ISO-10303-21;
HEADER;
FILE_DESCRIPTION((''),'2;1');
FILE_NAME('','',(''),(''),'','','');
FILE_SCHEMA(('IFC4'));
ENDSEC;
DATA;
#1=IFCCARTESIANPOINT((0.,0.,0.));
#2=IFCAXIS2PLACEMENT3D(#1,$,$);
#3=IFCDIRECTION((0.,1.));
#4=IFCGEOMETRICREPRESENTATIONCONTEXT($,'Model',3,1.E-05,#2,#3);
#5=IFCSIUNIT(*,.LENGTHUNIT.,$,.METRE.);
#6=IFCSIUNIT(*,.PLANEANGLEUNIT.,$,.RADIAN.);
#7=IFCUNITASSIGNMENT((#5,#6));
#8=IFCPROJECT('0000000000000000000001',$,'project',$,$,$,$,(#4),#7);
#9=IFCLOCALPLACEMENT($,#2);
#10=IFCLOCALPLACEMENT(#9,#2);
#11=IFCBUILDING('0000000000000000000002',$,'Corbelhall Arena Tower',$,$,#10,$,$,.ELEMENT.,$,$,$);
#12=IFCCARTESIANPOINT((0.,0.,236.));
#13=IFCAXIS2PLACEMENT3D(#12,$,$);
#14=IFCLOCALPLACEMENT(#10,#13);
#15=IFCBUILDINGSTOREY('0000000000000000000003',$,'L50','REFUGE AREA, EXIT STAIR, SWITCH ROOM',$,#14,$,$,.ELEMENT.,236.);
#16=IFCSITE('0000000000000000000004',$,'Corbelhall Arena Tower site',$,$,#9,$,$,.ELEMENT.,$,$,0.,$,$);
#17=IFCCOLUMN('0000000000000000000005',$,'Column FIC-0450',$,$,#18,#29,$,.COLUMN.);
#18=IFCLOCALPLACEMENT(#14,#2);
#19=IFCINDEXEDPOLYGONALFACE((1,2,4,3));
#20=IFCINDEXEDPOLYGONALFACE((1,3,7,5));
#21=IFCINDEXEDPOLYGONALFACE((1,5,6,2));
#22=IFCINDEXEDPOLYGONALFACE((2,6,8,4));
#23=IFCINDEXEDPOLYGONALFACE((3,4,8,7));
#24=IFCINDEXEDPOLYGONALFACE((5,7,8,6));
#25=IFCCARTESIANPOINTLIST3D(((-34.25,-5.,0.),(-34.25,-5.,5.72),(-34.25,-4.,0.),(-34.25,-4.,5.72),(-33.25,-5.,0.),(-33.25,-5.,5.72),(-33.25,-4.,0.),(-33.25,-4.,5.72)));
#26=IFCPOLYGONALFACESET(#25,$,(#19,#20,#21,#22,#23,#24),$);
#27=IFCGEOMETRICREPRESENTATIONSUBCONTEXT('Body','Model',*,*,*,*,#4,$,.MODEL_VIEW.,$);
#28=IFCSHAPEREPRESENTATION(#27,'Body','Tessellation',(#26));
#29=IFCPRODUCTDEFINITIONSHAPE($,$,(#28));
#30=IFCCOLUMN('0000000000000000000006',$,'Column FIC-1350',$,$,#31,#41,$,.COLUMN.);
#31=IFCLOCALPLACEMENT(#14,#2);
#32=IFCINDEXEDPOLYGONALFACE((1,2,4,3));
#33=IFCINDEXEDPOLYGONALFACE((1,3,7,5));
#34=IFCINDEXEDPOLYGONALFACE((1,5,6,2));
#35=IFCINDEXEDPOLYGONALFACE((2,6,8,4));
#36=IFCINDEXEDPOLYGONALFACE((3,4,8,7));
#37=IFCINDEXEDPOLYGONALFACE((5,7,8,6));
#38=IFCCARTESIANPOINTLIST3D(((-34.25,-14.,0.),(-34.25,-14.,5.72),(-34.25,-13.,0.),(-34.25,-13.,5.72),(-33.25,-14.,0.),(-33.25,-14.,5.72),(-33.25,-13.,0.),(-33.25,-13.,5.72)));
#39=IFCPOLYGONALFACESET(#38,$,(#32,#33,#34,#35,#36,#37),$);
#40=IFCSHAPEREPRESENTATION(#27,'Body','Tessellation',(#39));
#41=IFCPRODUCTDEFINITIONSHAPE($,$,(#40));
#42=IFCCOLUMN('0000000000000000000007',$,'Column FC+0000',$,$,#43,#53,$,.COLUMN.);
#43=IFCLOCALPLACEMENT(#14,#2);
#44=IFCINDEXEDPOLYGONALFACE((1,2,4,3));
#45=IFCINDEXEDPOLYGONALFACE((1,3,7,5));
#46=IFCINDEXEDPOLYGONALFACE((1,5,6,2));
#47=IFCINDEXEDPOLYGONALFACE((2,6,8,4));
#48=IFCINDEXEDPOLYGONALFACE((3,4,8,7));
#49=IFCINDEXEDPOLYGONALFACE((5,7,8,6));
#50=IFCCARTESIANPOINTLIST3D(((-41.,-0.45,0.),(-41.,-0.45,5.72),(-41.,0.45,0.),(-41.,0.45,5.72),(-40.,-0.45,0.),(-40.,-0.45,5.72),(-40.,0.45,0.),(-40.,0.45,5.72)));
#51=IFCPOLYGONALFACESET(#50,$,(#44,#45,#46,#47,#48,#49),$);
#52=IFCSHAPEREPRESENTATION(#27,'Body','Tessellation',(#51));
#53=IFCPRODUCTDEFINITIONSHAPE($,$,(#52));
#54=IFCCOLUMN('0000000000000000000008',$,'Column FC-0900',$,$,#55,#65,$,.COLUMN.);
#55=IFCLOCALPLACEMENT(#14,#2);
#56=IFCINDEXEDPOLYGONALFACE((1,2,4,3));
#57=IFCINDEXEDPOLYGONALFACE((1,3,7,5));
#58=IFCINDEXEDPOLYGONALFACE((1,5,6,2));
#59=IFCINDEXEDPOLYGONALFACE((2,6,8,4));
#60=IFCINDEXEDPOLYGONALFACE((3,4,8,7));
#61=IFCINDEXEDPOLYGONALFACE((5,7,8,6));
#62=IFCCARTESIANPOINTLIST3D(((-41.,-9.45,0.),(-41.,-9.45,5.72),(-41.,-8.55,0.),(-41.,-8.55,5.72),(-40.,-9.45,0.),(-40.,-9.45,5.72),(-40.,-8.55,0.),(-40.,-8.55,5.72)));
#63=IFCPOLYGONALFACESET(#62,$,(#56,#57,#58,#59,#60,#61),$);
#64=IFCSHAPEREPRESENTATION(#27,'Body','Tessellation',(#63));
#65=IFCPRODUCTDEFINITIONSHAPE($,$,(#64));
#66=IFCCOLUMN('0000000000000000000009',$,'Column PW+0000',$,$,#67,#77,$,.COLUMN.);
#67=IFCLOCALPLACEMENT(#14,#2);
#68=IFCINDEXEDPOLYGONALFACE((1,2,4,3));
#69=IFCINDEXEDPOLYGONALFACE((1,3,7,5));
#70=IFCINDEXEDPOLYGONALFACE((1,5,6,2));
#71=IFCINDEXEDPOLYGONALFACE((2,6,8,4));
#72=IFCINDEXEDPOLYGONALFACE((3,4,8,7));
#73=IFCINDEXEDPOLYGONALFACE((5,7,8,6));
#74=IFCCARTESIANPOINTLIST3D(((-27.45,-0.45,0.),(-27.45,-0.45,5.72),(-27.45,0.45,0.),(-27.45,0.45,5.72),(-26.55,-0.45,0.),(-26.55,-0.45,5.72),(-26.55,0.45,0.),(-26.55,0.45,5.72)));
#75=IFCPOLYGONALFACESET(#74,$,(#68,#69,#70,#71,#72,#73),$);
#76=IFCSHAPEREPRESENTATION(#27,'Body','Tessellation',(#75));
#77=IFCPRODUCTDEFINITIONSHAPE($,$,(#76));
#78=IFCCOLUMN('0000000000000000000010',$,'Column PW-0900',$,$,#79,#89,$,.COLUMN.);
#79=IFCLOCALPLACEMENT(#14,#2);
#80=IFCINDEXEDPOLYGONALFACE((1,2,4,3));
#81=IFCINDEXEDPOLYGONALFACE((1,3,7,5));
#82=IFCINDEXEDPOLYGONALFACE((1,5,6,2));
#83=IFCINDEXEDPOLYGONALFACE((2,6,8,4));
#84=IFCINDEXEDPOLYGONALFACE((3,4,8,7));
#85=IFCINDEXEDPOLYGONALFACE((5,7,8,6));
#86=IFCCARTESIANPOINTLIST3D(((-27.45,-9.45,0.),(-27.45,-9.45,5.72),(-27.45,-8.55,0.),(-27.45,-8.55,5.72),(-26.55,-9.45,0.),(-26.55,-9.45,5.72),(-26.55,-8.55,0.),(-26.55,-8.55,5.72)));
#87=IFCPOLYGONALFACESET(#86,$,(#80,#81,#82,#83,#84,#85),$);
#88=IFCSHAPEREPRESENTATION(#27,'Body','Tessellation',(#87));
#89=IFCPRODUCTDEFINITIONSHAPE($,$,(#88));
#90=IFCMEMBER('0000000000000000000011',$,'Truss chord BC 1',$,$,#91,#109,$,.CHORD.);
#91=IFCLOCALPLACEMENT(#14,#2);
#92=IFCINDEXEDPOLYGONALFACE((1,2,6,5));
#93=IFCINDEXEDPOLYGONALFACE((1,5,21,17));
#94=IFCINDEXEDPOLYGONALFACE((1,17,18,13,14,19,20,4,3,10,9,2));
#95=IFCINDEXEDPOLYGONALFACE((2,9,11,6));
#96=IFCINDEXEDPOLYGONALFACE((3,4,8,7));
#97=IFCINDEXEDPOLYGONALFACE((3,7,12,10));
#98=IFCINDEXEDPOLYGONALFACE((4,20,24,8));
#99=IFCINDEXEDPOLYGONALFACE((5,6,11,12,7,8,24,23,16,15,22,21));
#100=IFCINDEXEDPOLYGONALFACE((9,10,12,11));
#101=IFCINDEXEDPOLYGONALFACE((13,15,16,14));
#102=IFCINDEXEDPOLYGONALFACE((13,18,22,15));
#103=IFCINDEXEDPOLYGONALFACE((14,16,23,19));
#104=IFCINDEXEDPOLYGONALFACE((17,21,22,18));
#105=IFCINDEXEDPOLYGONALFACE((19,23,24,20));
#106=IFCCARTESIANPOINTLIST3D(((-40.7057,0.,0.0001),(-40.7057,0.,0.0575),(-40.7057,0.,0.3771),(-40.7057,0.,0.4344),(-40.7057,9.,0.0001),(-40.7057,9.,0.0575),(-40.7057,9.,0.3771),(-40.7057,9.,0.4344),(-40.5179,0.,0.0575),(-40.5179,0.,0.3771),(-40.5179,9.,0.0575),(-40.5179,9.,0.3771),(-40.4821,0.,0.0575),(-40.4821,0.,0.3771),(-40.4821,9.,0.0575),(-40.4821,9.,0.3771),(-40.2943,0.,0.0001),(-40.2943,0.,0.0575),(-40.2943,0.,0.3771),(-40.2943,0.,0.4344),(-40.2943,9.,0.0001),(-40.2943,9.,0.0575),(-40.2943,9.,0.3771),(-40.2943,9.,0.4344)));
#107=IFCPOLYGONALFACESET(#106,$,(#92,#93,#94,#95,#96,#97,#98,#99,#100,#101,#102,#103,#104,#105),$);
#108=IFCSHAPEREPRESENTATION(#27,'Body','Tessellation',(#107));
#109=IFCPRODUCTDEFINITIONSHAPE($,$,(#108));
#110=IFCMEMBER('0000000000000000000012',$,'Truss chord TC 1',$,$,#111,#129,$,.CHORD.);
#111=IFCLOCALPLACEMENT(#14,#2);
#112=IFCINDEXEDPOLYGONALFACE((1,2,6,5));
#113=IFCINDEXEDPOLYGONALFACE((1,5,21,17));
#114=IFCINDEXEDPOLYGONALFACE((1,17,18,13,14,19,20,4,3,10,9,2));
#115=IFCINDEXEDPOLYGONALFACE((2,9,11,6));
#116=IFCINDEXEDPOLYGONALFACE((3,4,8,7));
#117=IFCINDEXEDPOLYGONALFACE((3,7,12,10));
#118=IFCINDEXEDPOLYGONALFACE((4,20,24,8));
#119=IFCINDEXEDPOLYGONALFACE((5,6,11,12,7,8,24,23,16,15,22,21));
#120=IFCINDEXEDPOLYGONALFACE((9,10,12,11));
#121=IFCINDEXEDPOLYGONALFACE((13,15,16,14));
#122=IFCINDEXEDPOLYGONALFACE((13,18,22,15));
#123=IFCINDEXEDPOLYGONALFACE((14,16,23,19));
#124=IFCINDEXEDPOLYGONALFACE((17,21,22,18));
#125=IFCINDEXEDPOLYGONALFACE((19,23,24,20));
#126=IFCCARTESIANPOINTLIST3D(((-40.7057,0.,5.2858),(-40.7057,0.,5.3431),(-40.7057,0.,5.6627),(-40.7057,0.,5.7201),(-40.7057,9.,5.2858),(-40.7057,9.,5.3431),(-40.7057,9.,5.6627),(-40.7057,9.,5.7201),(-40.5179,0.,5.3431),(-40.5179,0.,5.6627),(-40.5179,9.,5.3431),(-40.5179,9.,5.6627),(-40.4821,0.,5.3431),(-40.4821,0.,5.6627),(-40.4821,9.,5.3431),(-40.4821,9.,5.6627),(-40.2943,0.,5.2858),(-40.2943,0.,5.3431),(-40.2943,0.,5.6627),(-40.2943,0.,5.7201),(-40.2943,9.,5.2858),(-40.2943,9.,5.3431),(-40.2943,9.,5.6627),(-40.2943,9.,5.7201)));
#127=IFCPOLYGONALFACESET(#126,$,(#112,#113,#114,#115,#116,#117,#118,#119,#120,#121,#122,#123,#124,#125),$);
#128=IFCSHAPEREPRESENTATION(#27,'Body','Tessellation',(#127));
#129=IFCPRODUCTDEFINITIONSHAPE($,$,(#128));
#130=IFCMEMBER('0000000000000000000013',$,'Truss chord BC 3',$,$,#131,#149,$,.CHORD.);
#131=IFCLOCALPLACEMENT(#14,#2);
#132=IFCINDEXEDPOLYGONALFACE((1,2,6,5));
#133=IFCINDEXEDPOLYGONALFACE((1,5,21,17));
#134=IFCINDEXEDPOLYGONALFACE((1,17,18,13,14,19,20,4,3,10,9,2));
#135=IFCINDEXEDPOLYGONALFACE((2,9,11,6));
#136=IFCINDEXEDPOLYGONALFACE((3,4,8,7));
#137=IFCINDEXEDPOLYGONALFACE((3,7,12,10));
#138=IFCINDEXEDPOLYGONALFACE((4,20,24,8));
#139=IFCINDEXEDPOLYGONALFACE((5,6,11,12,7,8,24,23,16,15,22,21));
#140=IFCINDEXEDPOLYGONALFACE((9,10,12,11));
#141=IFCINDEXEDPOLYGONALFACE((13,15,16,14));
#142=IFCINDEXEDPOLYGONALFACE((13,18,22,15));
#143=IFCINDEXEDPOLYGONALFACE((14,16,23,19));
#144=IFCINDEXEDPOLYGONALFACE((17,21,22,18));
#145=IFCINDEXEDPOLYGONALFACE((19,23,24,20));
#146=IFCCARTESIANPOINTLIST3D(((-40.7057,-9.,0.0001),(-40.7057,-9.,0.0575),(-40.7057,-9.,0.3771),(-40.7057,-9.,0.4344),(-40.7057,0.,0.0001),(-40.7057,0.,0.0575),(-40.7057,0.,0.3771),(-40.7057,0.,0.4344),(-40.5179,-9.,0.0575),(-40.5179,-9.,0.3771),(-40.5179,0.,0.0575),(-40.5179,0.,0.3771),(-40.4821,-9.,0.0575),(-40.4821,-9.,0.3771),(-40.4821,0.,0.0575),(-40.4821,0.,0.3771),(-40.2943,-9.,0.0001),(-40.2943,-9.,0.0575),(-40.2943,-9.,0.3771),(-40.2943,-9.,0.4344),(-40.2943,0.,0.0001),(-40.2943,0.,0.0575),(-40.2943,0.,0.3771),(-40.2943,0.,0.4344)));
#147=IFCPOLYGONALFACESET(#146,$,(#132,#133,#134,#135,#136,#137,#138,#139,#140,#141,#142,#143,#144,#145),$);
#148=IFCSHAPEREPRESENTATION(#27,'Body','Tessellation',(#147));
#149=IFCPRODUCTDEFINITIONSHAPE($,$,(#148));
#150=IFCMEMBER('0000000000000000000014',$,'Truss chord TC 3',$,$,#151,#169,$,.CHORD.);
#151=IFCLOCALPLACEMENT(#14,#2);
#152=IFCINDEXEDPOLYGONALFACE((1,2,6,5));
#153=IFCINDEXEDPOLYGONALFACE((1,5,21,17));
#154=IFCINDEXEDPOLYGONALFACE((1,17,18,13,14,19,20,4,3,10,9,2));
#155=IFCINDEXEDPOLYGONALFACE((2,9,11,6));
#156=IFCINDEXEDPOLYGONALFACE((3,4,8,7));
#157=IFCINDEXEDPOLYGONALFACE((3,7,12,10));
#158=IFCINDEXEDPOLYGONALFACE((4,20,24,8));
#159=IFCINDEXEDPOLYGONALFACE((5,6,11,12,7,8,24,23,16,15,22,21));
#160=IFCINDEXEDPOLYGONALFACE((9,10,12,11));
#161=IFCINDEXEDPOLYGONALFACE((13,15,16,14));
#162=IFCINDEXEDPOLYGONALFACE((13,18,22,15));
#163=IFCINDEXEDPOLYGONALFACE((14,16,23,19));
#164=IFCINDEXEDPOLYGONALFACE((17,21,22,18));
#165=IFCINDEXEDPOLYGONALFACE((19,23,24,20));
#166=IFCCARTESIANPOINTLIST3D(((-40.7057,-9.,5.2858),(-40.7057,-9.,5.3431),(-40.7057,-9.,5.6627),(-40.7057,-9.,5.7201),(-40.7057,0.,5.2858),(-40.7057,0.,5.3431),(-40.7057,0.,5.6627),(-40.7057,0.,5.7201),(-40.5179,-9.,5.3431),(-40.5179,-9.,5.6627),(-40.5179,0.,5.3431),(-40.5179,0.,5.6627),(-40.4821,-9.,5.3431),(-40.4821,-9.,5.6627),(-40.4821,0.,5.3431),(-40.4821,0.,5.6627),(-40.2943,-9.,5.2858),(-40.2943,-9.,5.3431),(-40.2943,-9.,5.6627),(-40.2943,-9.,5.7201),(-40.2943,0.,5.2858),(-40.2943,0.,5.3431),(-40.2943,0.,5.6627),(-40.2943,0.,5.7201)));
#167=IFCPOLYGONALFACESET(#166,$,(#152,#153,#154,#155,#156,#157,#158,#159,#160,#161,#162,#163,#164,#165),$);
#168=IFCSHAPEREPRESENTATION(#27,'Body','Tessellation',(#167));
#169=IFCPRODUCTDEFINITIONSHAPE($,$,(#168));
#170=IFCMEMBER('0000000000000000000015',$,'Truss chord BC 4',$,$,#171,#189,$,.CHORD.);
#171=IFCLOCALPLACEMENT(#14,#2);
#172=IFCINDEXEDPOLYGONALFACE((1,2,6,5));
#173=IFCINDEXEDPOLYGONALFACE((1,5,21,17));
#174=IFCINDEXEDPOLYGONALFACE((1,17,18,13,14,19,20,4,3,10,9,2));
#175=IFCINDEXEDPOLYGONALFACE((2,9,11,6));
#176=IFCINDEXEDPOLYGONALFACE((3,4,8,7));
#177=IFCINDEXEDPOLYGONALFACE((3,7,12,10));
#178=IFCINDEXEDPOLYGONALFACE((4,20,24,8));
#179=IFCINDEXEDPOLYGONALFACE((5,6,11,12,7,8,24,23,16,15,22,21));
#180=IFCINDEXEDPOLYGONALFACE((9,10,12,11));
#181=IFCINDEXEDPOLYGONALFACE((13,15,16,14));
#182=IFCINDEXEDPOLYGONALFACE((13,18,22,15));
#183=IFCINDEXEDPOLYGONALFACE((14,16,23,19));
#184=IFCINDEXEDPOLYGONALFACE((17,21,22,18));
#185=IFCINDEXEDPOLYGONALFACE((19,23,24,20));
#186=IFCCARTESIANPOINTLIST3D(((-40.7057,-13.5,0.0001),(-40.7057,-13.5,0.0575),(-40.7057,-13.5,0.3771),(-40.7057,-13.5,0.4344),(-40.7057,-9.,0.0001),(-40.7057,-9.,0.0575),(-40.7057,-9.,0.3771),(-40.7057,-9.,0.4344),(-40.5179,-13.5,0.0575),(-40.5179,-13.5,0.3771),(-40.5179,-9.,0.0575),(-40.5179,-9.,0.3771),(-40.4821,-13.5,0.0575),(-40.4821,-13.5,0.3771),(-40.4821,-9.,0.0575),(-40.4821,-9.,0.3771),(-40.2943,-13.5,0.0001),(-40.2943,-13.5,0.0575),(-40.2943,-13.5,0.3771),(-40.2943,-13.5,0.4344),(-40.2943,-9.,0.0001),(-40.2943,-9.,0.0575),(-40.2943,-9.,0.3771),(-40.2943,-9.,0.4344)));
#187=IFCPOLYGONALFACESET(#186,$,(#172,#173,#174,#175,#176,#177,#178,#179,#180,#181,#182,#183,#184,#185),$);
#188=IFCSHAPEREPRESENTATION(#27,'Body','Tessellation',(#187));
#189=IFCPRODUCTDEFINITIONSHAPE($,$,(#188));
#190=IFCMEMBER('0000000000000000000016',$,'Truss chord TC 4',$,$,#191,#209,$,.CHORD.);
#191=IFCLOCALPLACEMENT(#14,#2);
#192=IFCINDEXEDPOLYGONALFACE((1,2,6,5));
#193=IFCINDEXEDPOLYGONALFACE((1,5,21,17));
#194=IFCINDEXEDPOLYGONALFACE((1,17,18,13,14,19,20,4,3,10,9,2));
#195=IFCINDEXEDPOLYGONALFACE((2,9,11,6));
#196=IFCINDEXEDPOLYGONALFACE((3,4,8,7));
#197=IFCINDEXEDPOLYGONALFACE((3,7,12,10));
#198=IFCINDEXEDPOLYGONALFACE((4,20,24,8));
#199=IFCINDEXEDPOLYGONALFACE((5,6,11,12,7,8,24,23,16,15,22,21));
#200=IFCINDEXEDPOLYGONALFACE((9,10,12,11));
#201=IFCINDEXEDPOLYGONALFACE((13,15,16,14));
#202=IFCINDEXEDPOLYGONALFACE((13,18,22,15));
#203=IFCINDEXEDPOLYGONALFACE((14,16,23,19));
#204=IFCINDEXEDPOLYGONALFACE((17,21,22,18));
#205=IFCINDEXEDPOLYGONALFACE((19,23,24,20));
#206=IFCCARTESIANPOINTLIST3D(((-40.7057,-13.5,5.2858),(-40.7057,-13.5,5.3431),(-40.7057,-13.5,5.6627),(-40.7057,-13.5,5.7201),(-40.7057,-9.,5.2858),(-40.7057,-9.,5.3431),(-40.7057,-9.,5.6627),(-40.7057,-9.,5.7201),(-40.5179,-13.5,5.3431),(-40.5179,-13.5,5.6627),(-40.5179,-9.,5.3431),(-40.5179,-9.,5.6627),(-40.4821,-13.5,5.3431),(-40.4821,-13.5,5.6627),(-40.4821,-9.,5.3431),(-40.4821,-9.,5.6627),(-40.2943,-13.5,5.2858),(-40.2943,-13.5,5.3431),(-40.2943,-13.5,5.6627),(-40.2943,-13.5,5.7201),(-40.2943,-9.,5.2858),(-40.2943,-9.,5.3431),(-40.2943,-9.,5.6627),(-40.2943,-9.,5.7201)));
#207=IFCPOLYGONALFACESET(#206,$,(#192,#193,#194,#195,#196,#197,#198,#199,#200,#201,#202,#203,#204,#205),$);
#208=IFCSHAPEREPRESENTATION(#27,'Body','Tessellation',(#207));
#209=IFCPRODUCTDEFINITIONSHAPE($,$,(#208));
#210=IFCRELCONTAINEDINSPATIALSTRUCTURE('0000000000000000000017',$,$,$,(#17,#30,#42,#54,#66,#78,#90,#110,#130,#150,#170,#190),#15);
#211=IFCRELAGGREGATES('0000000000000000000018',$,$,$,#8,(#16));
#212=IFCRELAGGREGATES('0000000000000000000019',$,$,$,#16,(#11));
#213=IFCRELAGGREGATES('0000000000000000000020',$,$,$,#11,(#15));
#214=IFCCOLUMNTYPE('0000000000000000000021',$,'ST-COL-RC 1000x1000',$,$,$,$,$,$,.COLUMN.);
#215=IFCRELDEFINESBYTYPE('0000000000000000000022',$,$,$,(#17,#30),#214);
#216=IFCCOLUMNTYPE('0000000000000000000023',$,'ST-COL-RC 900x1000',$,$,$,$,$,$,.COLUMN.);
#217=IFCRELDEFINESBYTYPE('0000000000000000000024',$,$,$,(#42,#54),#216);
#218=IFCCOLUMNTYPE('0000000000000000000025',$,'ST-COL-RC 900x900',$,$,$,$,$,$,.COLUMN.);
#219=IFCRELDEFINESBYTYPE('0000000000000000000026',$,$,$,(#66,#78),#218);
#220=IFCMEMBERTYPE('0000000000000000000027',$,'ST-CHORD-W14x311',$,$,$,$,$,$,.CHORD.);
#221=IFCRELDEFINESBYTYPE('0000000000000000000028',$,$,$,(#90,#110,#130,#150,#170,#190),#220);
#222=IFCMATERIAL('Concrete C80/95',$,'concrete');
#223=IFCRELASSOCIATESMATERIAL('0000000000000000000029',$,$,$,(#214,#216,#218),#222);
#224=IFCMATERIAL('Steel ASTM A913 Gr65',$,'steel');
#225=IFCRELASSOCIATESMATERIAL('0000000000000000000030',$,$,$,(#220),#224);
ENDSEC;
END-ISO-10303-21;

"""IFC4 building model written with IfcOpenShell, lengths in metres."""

from ifc_helpers import new_model, si_unit, direction, frame, origin, origin_2d, place, context, subcontext, project, spatial, rectangle, i_section, extrude, material, material_profile, profile_set, type_object, element, save


model = new_model("IFC4")

# Units and contexts
model_context = context("Model", 3, precision=1e-05, world=origin(), true_north=direction((0.0, 1.0)))
body_context = subcontext(model_context, "Body", "Model", "MODEL_VIEW")
ifc_project = project(units=[si_unit("LENGTHUNIT", "METRE"), si_unit("PLANEANGLEUNIT", "RADIAN")], contexts=[model_context])

# Site, building, storey
site_placement = place(None, origin())
site = spatial("IfcSite", under=ifc_project, at=site_placement, Name="Corbelhall Arena Tower site", CompositionType="ELEMENT", RefElevation=0.0)
building_placement = place(site_placement, origin())
building = spatial("IfcBuilding", under=site, at=building_placement, Name="Corbelhall Arena Tower", CompositionType="ELEMENT")
storey_placement = place(building_placement, frame((0.0, 0.0, 236.0)))
storey = spatial("IfcBuildingStorey", under=building, at=storey_placement, Name="L50", Description="REFUGE AREA, EXIT STAIR, SWITCH ROOM", CompositionType="ELEMENT", Elevation=236.0)

# Columns
ifc_material_1 = material(Name="Concrete C80/95", Category="concrete")
ifc_material_profile_1 = material_profile(ifc_material_1, rectangle(XDim=1.0, YDim=1.0, at=origin_2d()))
ifc_profile_set_1 = profile_set([ifc_material_profile_1], Name="Concrete C80/95")
column_type_1 = type_object("IfcColumnType", Name="ST-COL-RC 1000x1000", PredefinedType="COLUMN", material=ifc_profile_set_1)
for number, where, z_axis, x_axis, name in (
    (1, (-33.75, -4.5, 0.0), (0.0, 0.0, 1.0), (1.0, 0.0, 0.0), "Column FIC-0450"),
    (2, (-33.75, -13.5, 0.0), (0.0, 0.0, 1.0), (1.0, 0.0, 0.0), "Column FIC-1350"),
):
    element("IfcColumn", number, at=place(storey_placement, frame(where, z_axis=z_axis, x_axis=x_axis)), inside=storey, type_object=column_type_1, Name=name, PredefinedType="COLUMN", context=body_context, shape_type="SweptSolid", body=[
        extrude(rectangle(XDim=1.0, YDim=1.0, at=origin_2d()), origin(), (0.0, 0.0, 1.0), 5.72),
    ])
ifc_material_profile_2 = material_profile(ifc_material_1, rectangle(XDim=0.8999, YDim=1.0, at=origin_2d()))
ifc_profile_set_2 = profile_set([ifc_material_profile_2], Name="Concrete C80/95")
column_type_2 = type_object("IfcColumnType", Name="ST-COL-RC 900x1000", PredefinedType="COLUMN", material=ifc_profile_set_2)
for number, where, z_axis, x_axis, name in (
    (3, (-40.5, 0.0, 0.0), (0.0, 0.0, 1.0), (0.0, 1.0, 0.0), "Column FC+0000"),
    (4, (-40.5, -9.0, 0.0), (0.0, 0.0, 1.0), (0.0, 1.0, 0.0), "Column FC-0900"),
):
    element("IfcColumn", number, at=place(storey_placement, frame(where, z_axis=z_axis, x_axis=x_axis)), inside=storey, type_object=column_type_2, Name=name, PredefinedType="COLUMN", context=body_context, shape_type="SweptSolid", body=[
        extrude(rectangle(XDim=0.8999, YDim=1.0, at=origin_2d()), origin(), (0.0, 0.0, 1.0), 5.72),
    ])
ifc_material_profile_3 = material_profile(ifc_material_1, rectangle(XDim=0.8999, YDim=0.8999, at=origin_2d()))
ifc_profile_set_3 = profile_set([ifc_material_profile_3], Name="Concrete C80/95")
column_type_3 = type_object("IfcColumnType", Name="ST-COL-RC 900x900", PredefinedType="COLUMN", material=ifc_profile_set_3)
for number, where, z_axis, x_axis, name in (
    (5, (-27.0, 0.0, 0.0), (0.0, 0.0, 1.0), (1.0, 0.0, 0.0), "Column PW+0000"),
    (6, (-27.0, -9.0, 0.0), (0.0, 0.0, 1.0), (1.0, 0.0, 0.0), "Column PW-0900"),
):
    element("IfcColumn", number, at=place(storey_placement, frame(where, z_axis=z_axis, x_axis=x_axis)), inside=storey, type_object=column_type_3, Name=name, PredefinedType="COLUMN", context=body_context, shape_type="SweptSolid", body=[
        extrude(rectangle(XDim=0.8999, YDim=0.8999, at=origin_2d()), origin(), (0.0, 0.0, 1.0), 5.72),
    ])

# Members
ifc_material_2 = material(Name="Steel ASTM A913 Gr65", Category="steel")
ifc_material_profile_4 = material_profile(ifc_material_2, i_section(OverallWidth=0.4114, OverallDepth=0.4343, WebThickness=0.0359, FlangeThickness=0.0574, at=origin_2d()))
ifc_profile_set_4 = profile_set([ifc_material_profile_4], Name="Steel ASTM A913 Gr65")
member_type_1 = type_object("IfcMemberType", Name="ST-CHORD-W14x311", PredefinedType="CHORD", material=ifc_profile_set_4)
for number, where, z_axis, x_axis, name in (
    (7, (-40.5, 0.0, 0.2173), (0.0, 1.0, 0.0), (-1.0, 0.0, 0.0), "Truss chord BC 1"),
    (8, (-40.5, 0.0, 5.5029), (0.0, 1.0, 0.0), (-1.0, 0.0, 0.0), "Truss chord TC 1"),
    (9, (-40.5, -9.0, 0.2173), (0.0, 1.0, 0.0), (-1.0, 0.0, 0.0), "Truss chord BC 3"),
    (10, (-40.5, -9.0, 5.5029), (0.0, 1.0, 0.0), (-1.0, 0.0, 0.0), "Truss chord TC 3"),
):
    element("IfcMember", number, at=place(storey_placement, frame(where, z_axis=z_axis, x_axis=x_axis)), inside=storey, type_object=member_type_1, Name=name, PredefinedType="CHORD", context=body_context, shape_type="SweptSolid", body=[
        extrude(i_section(OverallWidth=0.4114, OverallDepth=0.4343, WebThickness=0.0359, FlangeThickness=0.0574, at=origin_2d()), origin(), (0.0, 0.0, 1.0), 9.0),
    ])
for number, where, z_axis, x_axis, name in (
    (11, (-40.5, -13.5, 0.2173), (0.0, 1.0, 0.0), (-1.0, 0.0, 0.0), "Truss chord BC 4"),
    (12, (-40.5, -13.5, 5.5029), (0.0, 1.0, 0.0), (-1.0, 0.0, 0.0), "Truss chord TC 4"),
):
    element("IfcMember", number, at=place(storey_placement, frame(where, z_axis=z_axis, x_axis=x_axis)), inside=storey, type_object=member_type_1, Name=name, PredefinedType="CHORD", context=body_context, shape_type="SweptSolid", body=[
        extrude(i_section(OverallWidth=0.4114, OverallDepth=0.4343, WebThickness=0.0359, FlangeThickness=0.0574, at=origin_2d()), origin(), (0.0, 0.0, 1.0), 4.5),
    ])

save(model, "model.ifc")
